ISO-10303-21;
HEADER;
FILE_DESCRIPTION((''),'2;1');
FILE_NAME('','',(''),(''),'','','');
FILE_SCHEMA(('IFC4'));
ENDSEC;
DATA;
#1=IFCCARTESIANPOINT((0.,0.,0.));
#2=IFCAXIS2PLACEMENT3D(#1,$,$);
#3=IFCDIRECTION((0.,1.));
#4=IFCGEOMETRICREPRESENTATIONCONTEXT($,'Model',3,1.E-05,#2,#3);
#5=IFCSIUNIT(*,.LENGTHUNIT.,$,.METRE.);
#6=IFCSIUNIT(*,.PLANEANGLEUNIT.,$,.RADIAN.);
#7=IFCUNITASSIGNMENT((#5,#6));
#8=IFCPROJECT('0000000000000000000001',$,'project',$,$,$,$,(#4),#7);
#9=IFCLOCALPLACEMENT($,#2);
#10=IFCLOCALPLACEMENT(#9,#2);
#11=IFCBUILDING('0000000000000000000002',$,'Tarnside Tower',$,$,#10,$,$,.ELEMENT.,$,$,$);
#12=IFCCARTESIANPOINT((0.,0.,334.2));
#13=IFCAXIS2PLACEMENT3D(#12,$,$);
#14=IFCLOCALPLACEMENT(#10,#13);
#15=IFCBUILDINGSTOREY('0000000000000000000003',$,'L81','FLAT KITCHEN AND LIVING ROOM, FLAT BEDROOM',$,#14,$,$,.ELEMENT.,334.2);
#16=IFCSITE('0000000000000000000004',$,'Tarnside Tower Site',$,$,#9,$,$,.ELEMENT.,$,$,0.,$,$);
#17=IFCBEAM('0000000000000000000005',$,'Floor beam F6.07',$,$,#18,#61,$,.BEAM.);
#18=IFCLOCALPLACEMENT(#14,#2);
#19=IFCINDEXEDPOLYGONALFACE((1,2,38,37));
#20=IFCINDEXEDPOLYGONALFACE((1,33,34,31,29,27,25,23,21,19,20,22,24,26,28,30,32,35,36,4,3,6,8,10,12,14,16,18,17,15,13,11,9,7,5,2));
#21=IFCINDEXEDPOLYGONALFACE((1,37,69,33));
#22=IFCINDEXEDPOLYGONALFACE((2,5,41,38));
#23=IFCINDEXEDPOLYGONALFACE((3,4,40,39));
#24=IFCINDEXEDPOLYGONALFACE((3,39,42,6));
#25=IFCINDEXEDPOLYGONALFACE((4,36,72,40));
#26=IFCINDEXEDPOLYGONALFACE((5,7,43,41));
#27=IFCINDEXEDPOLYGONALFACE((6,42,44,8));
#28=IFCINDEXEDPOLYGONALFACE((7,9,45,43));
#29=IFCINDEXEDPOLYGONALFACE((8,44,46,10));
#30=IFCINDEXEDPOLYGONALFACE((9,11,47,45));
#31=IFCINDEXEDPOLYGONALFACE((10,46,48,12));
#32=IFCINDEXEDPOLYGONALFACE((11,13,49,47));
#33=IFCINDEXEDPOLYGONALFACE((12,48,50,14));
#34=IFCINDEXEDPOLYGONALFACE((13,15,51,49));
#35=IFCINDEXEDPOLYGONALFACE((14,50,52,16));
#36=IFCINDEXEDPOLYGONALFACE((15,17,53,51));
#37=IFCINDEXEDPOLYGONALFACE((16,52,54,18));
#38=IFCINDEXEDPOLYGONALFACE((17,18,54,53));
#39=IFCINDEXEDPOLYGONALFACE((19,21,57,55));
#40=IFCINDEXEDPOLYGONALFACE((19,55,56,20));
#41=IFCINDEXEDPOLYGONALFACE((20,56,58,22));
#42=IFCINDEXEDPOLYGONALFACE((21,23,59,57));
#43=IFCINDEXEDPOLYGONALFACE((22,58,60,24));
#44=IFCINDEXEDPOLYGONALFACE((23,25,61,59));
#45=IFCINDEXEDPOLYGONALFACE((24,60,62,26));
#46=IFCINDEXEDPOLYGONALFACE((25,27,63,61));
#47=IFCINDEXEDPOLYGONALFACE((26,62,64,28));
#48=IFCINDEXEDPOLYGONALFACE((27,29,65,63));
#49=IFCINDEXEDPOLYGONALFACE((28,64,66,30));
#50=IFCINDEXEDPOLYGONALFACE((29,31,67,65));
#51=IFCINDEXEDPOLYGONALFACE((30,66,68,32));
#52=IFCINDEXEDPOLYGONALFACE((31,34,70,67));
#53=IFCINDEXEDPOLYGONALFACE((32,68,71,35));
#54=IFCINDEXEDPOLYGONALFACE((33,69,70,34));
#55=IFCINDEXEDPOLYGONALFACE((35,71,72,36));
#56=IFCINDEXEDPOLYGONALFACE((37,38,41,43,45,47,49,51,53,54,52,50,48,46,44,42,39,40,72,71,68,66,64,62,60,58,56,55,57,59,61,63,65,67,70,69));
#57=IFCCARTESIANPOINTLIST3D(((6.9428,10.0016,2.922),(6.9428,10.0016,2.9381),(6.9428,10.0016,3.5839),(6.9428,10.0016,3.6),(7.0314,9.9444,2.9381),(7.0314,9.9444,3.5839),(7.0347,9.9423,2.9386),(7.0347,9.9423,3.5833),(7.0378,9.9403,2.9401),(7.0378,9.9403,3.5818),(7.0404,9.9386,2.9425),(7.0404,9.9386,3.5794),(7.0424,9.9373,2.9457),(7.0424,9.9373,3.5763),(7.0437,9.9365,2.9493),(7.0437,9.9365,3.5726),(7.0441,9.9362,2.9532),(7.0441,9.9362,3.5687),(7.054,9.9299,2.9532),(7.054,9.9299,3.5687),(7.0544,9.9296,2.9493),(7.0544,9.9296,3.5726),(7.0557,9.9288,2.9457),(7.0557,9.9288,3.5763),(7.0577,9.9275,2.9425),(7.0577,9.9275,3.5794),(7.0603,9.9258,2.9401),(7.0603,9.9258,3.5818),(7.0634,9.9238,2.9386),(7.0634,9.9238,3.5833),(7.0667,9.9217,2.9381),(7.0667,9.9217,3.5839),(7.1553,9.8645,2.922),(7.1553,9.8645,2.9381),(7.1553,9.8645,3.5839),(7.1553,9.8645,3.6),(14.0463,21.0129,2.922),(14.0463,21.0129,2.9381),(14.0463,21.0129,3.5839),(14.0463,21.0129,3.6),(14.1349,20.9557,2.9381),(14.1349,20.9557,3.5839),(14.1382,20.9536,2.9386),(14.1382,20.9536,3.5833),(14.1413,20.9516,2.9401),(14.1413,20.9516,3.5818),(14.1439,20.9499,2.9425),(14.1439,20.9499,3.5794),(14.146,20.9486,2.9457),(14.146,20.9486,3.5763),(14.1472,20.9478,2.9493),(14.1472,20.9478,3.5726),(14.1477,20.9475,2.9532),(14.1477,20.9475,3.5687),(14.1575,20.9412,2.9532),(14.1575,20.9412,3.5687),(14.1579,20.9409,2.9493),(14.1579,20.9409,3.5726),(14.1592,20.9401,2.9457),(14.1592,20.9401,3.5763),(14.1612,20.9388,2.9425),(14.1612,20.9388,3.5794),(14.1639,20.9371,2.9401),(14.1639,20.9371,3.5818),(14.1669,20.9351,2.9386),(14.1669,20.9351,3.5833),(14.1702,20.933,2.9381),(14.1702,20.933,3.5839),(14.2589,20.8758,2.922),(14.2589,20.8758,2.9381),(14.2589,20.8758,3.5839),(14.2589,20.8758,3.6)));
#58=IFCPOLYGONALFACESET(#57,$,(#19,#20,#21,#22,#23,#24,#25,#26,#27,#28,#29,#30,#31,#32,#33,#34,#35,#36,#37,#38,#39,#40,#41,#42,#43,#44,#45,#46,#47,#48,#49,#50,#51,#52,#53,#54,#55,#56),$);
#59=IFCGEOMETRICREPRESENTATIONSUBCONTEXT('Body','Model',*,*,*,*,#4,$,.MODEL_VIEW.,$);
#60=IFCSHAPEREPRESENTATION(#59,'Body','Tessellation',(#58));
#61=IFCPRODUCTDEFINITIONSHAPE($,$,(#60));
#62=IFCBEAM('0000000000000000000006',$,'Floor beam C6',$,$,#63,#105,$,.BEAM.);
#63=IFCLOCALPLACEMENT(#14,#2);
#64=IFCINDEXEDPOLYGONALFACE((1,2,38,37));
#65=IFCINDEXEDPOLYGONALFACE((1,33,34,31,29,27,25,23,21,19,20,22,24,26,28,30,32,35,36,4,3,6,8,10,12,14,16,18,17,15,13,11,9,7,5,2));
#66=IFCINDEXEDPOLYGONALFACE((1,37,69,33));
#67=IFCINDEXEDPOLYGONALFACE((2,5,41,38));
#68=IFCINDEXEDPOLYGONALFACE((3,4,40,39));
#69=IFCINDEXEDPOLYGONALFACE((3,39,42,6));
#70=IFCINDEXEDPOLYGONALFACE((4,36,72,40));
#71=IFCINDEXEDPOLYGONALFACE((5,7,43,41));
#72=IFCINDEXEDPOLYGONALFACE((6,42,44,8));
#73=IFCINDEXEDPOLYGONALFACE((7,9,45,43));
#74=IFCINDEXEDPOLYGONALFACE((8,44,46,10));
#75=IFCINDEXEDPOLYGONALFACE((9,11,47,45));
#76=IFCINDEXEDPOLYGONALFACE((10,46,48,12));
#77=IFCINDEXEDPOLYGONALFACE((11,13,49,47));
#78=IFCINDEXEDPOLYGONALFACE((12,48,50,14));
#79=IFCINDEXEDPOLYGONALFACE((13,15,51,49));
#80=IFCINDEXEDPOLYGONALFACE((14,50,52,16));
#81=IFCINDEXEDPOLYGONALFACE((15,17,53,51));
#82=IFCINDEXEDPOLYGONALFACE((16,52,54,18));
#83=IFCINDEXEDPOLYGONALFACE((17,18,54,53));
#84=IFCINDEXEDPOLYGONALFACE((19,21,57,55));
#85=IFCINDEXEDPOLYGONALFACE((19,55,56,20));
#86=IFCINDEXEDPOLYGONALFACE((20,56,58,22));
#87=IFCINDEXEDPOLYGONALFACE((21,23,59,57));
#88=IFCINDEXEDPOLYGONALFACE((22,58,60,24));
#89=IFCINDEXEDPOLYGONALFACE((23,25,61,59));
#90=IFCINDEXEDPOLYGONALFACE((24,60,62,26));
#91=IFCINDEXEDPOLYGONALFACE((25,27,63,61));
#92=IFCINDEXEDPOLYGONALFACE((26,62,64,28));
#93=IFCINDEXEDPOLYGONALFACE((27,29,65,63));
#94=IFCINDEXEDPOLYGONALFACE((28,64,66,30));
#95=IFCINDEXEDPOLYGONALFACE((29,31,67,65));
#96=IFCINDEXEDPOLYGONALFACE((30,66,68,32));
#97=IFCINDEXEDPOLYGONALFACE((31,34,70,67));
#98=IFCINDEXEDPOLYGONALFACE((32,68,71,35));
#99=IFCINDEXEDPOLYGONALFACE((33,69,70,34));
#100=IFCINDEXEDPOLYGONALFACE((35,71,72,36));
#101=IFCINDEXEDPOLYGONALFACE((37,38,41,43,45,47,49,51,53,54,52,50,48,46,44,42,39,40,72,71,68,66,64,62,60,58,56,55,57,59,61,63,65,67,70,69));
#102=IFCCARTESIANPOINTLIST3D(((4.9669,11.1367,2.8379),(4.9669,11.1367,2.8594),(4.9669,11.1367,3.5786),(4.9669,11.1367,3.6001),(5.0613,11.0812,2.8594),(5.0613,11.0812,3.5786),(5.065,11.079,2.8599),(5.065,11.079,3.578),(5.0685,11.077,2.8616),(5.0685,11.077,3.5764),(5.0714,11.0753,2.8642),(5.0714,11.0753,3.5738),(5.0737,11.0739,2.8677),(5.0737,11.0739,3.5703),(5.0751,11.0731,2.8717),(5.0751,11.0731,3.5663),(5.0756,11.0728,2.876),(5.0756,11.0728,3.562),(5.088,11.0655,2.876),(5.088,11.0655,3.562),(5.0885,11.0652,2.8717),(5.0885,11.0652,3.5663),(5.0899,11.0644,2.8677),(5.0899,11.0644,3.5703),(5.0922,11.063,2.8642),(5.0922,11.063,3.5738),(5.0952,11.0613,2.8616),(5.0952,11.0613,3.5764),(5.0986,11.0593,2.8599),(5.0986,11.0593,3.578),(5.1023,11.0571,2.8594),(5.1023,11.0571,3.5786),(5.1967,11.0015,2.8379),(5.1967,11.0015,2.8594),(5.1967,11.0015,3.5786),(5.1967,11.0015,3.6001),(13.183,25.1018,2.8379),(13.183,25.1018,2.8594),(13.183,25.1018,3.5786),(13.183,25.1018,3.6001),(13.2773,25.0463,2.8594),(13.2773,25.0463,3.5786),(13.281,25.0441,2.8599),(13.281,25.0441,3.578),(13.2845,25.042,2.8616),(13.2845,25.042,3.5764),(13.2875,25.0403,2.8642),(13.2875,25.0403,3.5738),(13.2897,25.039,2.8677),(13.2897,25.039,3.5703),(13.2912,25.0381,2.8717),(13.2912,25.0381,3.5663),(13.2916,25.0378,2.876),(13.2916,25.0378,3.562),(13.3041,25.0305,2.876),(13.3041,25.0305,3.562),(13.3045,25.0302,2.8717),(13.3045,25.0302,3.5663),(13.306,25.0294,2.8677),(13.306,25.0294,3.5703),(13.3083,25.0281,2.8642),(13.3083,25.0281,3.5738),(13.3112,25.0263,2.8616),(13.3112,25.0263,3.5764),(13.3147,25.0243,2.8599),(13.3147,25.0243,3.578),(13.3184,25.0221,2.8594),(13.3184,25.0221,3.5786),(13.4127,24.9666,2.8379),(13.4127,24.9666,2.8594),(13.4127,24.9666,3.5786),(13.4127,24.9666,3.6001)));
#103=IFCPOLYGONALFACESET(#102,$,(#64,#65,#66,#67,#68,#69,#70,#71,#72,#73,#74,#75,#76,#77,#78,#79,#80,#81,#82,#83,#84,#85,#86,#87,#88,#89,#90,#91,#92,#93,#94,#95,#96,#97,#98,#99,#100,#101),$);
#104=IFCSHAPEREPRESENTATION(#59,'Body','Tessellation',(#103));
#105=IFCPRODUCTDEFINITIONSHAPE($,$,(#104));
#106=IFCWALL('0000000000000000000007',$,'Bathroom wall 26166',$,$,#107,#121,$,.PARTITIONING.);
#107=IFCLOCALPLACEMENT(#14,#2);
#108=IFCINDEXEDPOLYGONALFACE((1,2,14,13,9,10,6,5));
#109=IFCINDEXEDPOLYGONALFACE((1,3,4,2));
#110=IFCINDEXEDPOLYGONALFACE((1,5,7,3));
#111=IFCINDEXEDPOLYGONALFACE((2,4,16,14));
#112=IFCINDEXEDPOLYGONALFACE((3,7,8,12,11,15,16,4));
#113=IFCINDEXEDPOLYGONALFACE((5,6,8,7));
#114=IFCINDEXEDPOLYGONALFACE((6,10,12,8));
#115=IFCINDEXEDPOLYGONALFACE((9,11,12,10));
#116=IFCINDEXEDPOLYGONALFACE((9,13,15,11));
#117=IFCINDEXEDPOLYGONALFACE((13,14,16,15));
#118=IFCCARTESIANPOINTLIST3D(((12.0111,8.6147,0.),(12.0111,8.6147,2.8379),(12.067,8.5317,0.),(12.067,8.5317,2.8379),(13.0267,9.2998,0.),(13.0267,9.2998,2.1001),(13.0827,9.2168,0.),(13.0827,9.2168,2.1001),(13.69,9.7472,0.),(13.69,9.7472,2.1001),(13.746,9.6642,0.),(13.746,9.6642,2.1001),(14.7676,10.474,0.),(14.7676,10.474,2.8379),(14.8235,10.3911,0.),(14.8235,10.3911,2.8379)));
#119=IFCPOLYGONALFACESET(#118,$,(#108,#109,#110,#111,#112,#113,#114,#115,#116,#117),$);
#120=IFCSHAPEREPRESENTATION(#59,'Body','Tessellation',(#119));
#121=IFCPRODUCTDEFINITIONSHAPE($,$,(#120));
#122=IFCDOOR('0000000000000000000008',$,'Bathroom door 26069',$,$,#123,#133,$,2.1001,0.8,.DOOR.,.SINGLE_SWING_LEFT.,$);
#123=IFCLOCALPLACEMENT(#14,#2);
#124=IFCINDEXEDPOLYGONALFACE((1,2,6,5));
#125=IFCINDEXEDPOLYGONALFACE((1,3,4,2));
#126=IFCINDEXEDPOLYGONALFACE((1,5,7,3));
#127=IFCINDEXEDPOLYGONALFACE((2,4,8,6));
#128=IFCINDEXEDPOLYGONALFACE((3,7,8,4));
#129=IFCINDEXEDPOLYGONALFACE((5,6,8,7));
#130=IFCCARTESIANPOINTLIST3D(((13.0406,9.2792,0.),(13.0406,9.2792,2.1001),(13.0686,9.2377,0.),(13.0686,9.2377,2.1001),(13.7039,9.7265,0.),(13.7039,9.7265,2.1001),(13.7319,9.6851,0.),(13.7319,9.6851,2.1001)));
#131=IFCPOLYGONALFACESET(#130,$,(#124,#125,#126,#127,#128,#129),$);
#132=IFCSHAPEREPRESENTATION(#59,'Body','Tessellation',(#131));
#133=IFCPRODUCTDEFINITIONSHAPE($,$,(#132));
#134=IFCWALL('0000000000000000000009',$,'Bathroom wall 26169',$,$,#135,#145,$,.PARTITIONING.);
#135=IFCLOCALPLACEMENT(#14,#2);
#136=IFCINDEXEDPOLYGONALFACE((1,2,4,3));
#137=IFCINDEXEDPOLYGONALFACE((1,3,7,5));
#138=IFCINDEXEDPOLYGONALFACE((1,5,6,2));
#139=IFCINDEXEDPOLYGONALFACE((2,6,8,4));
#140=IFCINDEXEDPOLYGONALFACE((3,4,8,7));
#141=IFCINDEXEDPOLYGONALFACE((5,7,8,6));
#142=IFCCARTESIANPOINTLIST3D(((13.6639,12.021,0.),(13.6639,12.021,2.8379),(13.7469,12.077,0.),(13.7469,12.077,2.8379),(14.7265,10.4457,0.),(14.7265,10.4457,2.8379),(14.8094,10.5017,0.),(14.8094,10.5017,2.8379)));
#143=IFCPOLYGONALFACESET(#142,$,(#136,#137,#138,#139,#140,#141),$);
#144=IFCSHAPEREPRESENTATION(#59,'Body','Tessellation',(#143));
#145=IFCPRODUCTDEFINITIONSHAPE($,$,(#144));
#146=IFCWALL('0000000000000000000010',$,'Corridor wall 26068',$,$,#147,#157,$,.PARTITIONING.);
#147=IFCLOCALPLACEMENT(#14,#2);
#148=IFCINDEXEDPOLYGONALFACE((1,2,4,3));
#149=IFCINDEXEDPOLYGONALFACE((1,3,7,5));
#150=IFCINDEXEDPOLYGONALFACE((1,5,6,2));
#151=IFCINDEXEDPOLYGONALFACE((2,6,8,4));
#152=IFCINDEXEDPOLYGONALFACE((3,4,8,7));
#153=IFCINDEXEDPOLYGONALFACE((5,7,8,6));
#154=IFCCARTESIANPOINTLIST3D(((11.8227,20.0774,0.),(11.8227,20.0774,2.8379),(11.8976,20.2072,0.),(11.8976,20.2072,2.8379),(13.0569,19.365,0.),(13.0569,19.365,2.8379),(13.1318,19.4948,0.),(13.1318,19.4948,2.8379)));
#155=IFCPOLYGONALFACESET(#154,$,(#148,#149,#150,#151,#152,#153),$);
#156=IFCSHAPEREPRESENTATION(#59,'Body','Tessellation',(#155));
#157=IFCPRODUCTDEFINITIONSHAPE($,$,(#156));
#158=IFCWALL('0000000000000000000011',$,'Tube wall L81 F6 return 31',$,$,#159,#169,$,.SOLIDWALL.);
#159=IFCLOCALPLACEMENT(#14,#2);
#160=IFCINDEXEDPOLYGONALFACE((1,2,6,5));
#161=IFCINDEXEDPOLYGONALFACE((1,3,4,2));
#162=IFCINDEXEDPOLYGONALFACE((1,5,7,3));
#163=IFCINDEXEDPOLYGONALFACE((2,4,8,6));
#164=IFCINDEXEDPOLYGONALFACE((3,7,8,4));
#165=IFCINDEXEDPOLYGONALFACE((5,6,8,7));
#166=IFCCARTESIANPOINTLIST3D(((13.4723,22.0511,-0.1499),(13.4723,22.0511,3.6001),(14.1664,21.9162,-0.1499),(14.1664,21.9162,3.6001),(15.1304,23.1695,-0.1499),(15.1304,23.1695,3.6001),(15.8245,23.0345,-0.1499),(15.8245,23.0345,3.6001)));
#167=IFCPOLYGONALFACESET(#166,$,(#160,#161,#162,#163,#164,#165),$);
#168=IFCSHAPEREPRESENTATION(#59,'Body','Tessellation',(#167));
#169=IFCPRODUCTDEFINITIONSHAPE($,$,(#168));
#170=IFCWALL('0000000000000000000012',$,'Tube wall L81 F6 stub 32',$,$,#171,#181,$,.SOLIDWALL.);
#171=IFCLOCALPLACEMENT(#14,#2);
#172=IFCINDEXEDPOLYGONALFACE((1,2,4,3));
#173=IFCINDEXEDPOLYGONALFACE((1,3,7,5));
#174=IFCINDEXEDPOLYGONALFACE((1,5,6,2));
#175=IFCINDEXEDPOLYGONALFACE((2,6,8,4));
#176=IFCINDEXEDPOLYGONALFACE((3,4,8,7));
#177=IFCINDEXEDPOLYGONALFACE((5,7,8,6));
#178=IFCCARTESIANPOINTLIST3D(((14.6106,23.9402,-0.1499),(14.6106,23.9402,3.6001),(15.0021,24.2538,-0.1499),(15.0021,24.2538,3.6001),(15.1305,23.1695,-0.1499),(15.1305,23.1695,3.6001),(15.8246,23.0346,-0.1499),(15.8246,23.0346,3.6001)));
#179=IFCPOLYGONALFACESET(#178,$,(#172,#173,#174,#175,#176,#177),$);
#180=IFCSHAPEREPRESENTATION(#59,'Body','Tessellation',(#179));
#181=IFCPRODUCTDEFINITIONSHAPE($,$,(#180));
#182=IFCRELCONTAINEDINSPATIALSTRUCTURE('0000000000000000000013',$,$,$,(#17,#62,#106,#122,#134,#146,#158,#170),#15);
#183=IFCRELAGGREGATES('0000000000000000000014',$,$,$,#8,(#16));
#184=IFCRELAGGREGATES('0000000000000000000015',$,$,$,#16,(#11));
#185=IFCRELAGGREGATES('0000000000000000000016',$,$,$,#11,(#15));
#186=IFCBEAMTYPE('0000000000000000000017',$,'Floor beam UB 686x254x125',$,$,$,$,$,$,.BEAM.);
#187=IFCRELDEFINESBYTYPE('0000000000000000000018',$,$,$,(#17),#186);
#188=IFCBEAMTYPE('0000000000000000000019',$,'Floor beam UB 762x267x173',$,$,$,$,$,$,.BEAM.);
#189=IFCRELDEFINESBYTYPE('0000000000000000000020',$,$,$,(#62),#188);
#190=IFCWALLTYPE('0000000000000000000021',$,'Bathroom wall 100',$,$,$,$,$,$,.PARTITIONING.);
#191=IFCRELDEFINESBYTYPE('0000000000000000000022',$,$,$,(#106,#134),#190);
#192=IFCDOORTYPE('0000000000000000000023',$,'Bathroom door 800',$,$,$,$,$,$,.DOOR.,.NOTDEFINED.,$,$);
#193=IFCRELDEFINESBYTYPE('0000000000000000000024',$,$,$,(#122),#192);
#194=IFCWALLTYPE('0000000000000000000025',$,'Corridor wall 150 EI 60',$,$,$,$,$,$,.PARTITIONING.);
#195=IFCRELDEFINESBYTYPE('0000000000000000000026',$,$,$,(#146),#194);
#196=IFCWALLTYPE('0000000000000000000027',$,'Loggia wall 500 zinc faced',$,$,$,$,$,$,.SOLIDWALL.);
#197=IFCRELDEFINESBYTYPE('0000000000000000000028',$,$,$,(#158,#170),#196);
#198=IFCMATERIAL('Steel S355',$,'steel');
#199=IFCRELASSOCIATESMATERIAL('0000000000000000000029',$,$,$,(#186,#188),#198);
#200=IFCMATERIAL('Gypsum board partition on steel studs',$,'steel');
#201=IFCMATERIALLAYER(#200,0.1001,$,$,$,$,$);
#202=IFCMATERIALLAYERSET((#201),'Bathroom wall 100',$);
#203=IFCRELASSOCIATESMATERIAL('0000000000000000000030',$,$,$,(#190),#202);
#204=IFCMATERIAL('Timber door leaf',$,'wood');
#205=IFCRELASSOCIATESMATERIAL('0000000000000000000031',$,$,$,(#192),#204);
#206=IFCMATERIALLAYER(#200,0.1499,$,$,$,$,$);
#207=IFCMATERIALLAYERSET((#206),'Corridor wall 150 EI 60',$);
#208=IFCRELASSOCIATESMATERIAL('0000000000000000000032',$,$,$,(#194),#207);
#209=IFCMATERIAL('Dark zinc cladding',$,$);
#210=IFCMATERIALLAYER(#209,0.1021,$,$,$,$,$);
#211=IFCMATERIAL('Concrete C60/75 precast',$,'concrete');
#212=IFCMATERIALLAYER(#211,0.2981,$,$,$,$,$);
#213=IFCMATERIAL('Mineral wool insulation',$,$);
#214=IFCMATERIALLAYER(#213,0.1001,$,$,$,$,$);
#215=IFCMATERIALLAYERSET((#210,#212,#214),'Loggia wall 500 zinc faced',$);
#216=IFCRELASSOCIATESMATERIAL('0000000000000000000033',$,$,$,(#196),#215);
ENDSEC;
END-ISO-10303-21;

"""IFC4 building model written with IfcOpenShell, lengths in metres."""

from ifc_helpers import new_model, si_unit, direction, frame, frame_2d, origin, origin_2d, place, context, subcontext, project, spatial, polyline, rectangle, i_section, outline, extrude, material, layer, layer_set, material_profile, profile_set, type_object, element, fill, save


model = new_model("IFC4")

# Units and contexts
model_context = context("Model", 3, precision=1e-05, world=origin(), true_north=direction((0.0, 1.0)))
body_context = subcontext(model_context, "Body", "Model", "MODEL_VIEW")
ifc_project = project(units=[si_unit("LENGTHUNIT", "METRE"), si_unit("PLANEANGLEUNIT", "RADIAN")], contexts=[model_context])

# Site, building, storey
site_placement = place(None, origin())
site = spatial("IfcSite", under=ifc_project, at=site_placement, Name="Tarnside Tower Site", CompositionType="ELEMENT", RefElevation=0.0)
building_placement = place(site_placement, origin())
building = spatial("IfcBuilding", under=site, at=building_placement, Name="Tarnside Tower", CompositionType="ELEMENT")
storey_placement = place(building_placement, frame((0.0, 0.0, 334.2)))
storey = spatial("IfcBuildingStorey", under=building, at=storey_placement, Name="L81", Description="FLAT KITCHEN AND LIVING ROOM, FLAT BEDROOM", CompositionType="ELEMENT", Elevation=334.2)

# Beams
ifc_material_1 = material(Name="Steel S355", Category="steel")
ifc_material_profile_1 = material_profile(ifc_material_1, i_section(OverallWidth=0.2529, OverallDepth=0.678, WebThickness=0.0117, FlangeThickness=0.0161, FilletRadius=0.0151, at=origin_2d()), Name="UB 686x254x125")
ifc_profile_set_1 = profile_set([ifc_material_profile_1], Name="Steel S355")
beam_type_1 = type_object("IfcBeamType", Name="Floor beam UB 686x254x125", PredefinedType="BEAM", material=ifc_profile_set_1)
beam_1_placement = place(storey_placement, frame((14.1526, 20.9443, 3.261), z_axis=(-0.5421, -0.840314, 0.0), x_axis=(0.840314, -0.5421, 0.0)))
element("IfcBeam", 1, at=beam_1_placement, inside=storey, type_object=beam_type_1, Name="Floor beam F6.07", PredefinedType="BEAM", context=body_context, shape_type="SweptSolid", body=[
    extrude(i_section(OverallWidth=0.2529, OverallDepth=0.678, WebThickness=0.0117, FlangeThickness=0.0161, FilletRadius=0.0151, at=origin_2d()), origin(), (0.0, 0.0, 1.0), 13.1038),
])
ifc_material_profile_2 = material_profile(ifc_material_1, i_section(OverallWidth=0.2666, OverallDepth=0.7622, WebThickness=0.0144, FlangeThickness=0.0215, FilletRadius=0.0166, at=origin_2d()), Name="UB 762x267x173")
ifc_profile_set_2 = profile_set([ifc_material_profile_2], Name="Steel S355")
beam_type_2 = type_object("IfcBeamType", Name="Floor beam UB 762x267x173", PredefinedType="BEAM", material=ifc_profile_set_2)
beam_2_placement = place(storey_placement, frame((13.2979, 25.0342, 3.219), z_axis=(-0.50708, -0.861899, 0.0), x_axis=(0.861899, -0.50708, 0.0)))
element("IfcBeam", 2, at=beam_2_placement, inside=storey, type_object=beam_type_2, Name="Floor beam C6", PredefinedType="BEAM", context=body_context, shape_type="SweptSolid", body=[
    extrude(i_section(OverallWidth=0.2666, OverallDepth=0.7622, WebThickness=0.0144, FlangeThickness=0.0215, FilletRadius=0.0166, at=origin_2d()), origin(), (0.0, 0.0, 1.0), 16.2026),
])

# Wall, opening, door
ifc_material_2 = material(Name="Gypsum board partition on steel studs", Category="steel")
ifc_layer_1 = layer(ifc_material_2, 0.1001)
ifc_layer_set_1 = layer_set([ifc_layer_1], Name="Bathroom wall 100")
wall_type_1 = type_object("IfcWallType", Name="Bathroom wall 100", PredefinedType="PARTITIONING", material=ifc_layer_set_1)
wall_1_placement = place(storey_placement, frame((14.7957, 10.4326, 0.0), z_axis=(0.0, 0.0, 1.0), x_axis=(-0.829033, -0.559199, 0.0)))
wall_1 = element("IfcWall", 3, at=wall_1_placement, inside=storey, type_object=wall_type_1, Name="Bathroom wall 26166", PredefinedType="PARTITIONING", context=body_context, shape_type="SweptSolid", body=[
    extrude(rectangle(XDim=3.325, YDim=0.1001, at=frame_2d((1.6626, 0.0))), origin(), (0.0, 0.0, 1.0), 2.8379),
])
opening_1_placement = place(wall_1_placement, frame((1.3, 0.0, 0.0)))
opening_1 = element("IfcOpeningElement", 4, at=opening_1_placement, cuts=wall_1, PredefinedType="OPENING", context=body_context, shape_type="SweptSolid", body=[
    extrude(rectangle(XDim=0.8, YDim=2.1001, at=frame_2d((0.3999, 1.05))), frame((0.0, 0.0601, 0.0), z_axis=(0.0, -1.0, 0.0), x_axis=(1.0, 0.0, 0.0)), (0.0, 0.0, 1.0), 0.1201),
])
ifc_material_3 = material(Name="Timber door leaf", Category="wood")
door_type_1 = type_object("IfcDoorType", Name="Bathroom door 800", OperationType="NOTDEFINED", PredefinedType="DOOR", material=ifc_material_3)
door_1_placement = place(opening_1_placement, origin())
door_1 = element("IfcDoor", 5, at=door_1_placement, inside=storey, type_object=door_type_1, Name="Bathroom door 26069", OperationType="SINGLE_SWING_LEFT", OverallHeight=2.1001, OverallWidth=0.8, PredefinedType="DOOR", context=body_context, shape_type="SweptSolid", body=[
    extrude(rectangle(XDim=0.8, YDim=2.1001, at=frame_2d((0.3999, 1.05))), frame((0.0, 0.0249, 0.0), z_axis=(0.0, -1.0, 0.0), x_axis=(1.0, 0.0, 0.0)), (0.0, 0.0, 1.0), 0.05),
])
fill(opening_1, door_1)

# Walls
wall_2_placement = place(storey_placement, frame((13.7053, 12.0491, 0.0), z_axis=(0.0, 0.0, 1.0), x_axis=(0.559199, -0.829033, 0.0)))
element("IfcWall", 6, at=wall_2_placement, inside=storey, type_object=wall_type_1, Name="Bathroom wall 26169", PredefinedType="PARTITIONING", context=body_context, shape_type="SweptSolid", body=[
    extrude(rectangle(XDim=1.9001, YDim=0.1001, at=frame_2d((0.9502, 0.0))), origin(), (0.0, 0.0, 1.0), 2.8379),
])
ifc_layer_2 = layer(ifc_material_2, 0.1499)
ifc_layer_set_2 = layer_set([ifc_layer_2], Name="Corridor wall 150 EI 60")
wall_type_2 = type_object("IfcWallType", Name="Corridor wall 150 EI 60", PredefinedType="PARTITIONING", material=ifc_layer_set_2)
wall_3_placement = place(storey_placement, frame((13.0942, 19.4299, 0.0), z_axis=(0.0, 0.0, 1.0), x_axis=(-0.866063, 0.499935, 0.0)))
element("IfcWall", 7, at=wall_3_placement, inside=storey, type_object=wall_type_2, Name="Corridor wall 26068", PredefinedType="PARTITIONING", context=body_context, shape_type="SweptSolid", body=[
    extrude(rectangle(XDim=1.425, YDim=0.1499, at=frame_2d((0.7124, 0.0))), origin(), (0.0, 0.0, 1.0), 2.8379),
])
ifc_material_4 = material(Name="Dark zinc cladding")
ifc_layer_3 = layer(ifc_material_4, 0.1021)
ifc_material_5 = material(Name="Concrete C60/75 precast", Category="concrete")
ifc_layer_4 = layer(ifc_material_5, 0.2981)
ifc_material_6 = material(Name="Mineral wool insulation")
ifc_layer_5 = layer(ifc_material_6, 0.1001)
ifc_layer_set_3 = layer_set([ifc_layer_3, ifc_layer_4, ifc_layer_5], Name="Loggia wall 500 zinc faced")
wall_type_3 = type_object("IfcWallType", Name="Loggia wall 500 zinc faced", PredefinedType="SOLIDWALL", material=ifc_layer_set_3)
wall_4_placement = place(storey_placement, frame((13.8193, 21.9836, -0.1499), z_axis=(0.0, 0.0, 1.0), x_axis=(0.829052, 0.559171, 0.0)))
element("IfcWall", 8, at=wall_4_placement, inside=storey, type_object=wall_type_3, Name="Tube wall L81 F6 return 31", PredefinedType="SOLIDWALL", context=body_context, shape_type="SweptSolid", body=[
    extrude(outline(polyline([(0.25, -0.25), (2.25, -0.25), (1.75, 0.25), (-0.25, 0.25), (0.25, -0.25)])), origin(), (0.0, 0.0, 1.0), 3.75),
])
wall_5_placement = place(storey_placement, frame((15.4775, 23.1021, -0.1499), z_axis=(0.0, 0.0, 1.0), x_axis=(-0.559246, 0.829002, 0.0)))
element("IfcWall", 9, at=wall_5_placement, inside=storey, type_object=wall_type_3, Name="Tube wall L81 F6 stub 32", PredefinedType="SOLIDWALL", context=body_context, shape_type="SweptSolid", body=[
    extrude(outline(polyline([(-0.25, -0.25), (1.2207, -0.25), (1.1797, 0.25), (0.25, 0.25), (-0.25, -0.25)])), origin(), (0.0, 0.0, 1.0), 3.75),
])

save(model, "model.ifc")
